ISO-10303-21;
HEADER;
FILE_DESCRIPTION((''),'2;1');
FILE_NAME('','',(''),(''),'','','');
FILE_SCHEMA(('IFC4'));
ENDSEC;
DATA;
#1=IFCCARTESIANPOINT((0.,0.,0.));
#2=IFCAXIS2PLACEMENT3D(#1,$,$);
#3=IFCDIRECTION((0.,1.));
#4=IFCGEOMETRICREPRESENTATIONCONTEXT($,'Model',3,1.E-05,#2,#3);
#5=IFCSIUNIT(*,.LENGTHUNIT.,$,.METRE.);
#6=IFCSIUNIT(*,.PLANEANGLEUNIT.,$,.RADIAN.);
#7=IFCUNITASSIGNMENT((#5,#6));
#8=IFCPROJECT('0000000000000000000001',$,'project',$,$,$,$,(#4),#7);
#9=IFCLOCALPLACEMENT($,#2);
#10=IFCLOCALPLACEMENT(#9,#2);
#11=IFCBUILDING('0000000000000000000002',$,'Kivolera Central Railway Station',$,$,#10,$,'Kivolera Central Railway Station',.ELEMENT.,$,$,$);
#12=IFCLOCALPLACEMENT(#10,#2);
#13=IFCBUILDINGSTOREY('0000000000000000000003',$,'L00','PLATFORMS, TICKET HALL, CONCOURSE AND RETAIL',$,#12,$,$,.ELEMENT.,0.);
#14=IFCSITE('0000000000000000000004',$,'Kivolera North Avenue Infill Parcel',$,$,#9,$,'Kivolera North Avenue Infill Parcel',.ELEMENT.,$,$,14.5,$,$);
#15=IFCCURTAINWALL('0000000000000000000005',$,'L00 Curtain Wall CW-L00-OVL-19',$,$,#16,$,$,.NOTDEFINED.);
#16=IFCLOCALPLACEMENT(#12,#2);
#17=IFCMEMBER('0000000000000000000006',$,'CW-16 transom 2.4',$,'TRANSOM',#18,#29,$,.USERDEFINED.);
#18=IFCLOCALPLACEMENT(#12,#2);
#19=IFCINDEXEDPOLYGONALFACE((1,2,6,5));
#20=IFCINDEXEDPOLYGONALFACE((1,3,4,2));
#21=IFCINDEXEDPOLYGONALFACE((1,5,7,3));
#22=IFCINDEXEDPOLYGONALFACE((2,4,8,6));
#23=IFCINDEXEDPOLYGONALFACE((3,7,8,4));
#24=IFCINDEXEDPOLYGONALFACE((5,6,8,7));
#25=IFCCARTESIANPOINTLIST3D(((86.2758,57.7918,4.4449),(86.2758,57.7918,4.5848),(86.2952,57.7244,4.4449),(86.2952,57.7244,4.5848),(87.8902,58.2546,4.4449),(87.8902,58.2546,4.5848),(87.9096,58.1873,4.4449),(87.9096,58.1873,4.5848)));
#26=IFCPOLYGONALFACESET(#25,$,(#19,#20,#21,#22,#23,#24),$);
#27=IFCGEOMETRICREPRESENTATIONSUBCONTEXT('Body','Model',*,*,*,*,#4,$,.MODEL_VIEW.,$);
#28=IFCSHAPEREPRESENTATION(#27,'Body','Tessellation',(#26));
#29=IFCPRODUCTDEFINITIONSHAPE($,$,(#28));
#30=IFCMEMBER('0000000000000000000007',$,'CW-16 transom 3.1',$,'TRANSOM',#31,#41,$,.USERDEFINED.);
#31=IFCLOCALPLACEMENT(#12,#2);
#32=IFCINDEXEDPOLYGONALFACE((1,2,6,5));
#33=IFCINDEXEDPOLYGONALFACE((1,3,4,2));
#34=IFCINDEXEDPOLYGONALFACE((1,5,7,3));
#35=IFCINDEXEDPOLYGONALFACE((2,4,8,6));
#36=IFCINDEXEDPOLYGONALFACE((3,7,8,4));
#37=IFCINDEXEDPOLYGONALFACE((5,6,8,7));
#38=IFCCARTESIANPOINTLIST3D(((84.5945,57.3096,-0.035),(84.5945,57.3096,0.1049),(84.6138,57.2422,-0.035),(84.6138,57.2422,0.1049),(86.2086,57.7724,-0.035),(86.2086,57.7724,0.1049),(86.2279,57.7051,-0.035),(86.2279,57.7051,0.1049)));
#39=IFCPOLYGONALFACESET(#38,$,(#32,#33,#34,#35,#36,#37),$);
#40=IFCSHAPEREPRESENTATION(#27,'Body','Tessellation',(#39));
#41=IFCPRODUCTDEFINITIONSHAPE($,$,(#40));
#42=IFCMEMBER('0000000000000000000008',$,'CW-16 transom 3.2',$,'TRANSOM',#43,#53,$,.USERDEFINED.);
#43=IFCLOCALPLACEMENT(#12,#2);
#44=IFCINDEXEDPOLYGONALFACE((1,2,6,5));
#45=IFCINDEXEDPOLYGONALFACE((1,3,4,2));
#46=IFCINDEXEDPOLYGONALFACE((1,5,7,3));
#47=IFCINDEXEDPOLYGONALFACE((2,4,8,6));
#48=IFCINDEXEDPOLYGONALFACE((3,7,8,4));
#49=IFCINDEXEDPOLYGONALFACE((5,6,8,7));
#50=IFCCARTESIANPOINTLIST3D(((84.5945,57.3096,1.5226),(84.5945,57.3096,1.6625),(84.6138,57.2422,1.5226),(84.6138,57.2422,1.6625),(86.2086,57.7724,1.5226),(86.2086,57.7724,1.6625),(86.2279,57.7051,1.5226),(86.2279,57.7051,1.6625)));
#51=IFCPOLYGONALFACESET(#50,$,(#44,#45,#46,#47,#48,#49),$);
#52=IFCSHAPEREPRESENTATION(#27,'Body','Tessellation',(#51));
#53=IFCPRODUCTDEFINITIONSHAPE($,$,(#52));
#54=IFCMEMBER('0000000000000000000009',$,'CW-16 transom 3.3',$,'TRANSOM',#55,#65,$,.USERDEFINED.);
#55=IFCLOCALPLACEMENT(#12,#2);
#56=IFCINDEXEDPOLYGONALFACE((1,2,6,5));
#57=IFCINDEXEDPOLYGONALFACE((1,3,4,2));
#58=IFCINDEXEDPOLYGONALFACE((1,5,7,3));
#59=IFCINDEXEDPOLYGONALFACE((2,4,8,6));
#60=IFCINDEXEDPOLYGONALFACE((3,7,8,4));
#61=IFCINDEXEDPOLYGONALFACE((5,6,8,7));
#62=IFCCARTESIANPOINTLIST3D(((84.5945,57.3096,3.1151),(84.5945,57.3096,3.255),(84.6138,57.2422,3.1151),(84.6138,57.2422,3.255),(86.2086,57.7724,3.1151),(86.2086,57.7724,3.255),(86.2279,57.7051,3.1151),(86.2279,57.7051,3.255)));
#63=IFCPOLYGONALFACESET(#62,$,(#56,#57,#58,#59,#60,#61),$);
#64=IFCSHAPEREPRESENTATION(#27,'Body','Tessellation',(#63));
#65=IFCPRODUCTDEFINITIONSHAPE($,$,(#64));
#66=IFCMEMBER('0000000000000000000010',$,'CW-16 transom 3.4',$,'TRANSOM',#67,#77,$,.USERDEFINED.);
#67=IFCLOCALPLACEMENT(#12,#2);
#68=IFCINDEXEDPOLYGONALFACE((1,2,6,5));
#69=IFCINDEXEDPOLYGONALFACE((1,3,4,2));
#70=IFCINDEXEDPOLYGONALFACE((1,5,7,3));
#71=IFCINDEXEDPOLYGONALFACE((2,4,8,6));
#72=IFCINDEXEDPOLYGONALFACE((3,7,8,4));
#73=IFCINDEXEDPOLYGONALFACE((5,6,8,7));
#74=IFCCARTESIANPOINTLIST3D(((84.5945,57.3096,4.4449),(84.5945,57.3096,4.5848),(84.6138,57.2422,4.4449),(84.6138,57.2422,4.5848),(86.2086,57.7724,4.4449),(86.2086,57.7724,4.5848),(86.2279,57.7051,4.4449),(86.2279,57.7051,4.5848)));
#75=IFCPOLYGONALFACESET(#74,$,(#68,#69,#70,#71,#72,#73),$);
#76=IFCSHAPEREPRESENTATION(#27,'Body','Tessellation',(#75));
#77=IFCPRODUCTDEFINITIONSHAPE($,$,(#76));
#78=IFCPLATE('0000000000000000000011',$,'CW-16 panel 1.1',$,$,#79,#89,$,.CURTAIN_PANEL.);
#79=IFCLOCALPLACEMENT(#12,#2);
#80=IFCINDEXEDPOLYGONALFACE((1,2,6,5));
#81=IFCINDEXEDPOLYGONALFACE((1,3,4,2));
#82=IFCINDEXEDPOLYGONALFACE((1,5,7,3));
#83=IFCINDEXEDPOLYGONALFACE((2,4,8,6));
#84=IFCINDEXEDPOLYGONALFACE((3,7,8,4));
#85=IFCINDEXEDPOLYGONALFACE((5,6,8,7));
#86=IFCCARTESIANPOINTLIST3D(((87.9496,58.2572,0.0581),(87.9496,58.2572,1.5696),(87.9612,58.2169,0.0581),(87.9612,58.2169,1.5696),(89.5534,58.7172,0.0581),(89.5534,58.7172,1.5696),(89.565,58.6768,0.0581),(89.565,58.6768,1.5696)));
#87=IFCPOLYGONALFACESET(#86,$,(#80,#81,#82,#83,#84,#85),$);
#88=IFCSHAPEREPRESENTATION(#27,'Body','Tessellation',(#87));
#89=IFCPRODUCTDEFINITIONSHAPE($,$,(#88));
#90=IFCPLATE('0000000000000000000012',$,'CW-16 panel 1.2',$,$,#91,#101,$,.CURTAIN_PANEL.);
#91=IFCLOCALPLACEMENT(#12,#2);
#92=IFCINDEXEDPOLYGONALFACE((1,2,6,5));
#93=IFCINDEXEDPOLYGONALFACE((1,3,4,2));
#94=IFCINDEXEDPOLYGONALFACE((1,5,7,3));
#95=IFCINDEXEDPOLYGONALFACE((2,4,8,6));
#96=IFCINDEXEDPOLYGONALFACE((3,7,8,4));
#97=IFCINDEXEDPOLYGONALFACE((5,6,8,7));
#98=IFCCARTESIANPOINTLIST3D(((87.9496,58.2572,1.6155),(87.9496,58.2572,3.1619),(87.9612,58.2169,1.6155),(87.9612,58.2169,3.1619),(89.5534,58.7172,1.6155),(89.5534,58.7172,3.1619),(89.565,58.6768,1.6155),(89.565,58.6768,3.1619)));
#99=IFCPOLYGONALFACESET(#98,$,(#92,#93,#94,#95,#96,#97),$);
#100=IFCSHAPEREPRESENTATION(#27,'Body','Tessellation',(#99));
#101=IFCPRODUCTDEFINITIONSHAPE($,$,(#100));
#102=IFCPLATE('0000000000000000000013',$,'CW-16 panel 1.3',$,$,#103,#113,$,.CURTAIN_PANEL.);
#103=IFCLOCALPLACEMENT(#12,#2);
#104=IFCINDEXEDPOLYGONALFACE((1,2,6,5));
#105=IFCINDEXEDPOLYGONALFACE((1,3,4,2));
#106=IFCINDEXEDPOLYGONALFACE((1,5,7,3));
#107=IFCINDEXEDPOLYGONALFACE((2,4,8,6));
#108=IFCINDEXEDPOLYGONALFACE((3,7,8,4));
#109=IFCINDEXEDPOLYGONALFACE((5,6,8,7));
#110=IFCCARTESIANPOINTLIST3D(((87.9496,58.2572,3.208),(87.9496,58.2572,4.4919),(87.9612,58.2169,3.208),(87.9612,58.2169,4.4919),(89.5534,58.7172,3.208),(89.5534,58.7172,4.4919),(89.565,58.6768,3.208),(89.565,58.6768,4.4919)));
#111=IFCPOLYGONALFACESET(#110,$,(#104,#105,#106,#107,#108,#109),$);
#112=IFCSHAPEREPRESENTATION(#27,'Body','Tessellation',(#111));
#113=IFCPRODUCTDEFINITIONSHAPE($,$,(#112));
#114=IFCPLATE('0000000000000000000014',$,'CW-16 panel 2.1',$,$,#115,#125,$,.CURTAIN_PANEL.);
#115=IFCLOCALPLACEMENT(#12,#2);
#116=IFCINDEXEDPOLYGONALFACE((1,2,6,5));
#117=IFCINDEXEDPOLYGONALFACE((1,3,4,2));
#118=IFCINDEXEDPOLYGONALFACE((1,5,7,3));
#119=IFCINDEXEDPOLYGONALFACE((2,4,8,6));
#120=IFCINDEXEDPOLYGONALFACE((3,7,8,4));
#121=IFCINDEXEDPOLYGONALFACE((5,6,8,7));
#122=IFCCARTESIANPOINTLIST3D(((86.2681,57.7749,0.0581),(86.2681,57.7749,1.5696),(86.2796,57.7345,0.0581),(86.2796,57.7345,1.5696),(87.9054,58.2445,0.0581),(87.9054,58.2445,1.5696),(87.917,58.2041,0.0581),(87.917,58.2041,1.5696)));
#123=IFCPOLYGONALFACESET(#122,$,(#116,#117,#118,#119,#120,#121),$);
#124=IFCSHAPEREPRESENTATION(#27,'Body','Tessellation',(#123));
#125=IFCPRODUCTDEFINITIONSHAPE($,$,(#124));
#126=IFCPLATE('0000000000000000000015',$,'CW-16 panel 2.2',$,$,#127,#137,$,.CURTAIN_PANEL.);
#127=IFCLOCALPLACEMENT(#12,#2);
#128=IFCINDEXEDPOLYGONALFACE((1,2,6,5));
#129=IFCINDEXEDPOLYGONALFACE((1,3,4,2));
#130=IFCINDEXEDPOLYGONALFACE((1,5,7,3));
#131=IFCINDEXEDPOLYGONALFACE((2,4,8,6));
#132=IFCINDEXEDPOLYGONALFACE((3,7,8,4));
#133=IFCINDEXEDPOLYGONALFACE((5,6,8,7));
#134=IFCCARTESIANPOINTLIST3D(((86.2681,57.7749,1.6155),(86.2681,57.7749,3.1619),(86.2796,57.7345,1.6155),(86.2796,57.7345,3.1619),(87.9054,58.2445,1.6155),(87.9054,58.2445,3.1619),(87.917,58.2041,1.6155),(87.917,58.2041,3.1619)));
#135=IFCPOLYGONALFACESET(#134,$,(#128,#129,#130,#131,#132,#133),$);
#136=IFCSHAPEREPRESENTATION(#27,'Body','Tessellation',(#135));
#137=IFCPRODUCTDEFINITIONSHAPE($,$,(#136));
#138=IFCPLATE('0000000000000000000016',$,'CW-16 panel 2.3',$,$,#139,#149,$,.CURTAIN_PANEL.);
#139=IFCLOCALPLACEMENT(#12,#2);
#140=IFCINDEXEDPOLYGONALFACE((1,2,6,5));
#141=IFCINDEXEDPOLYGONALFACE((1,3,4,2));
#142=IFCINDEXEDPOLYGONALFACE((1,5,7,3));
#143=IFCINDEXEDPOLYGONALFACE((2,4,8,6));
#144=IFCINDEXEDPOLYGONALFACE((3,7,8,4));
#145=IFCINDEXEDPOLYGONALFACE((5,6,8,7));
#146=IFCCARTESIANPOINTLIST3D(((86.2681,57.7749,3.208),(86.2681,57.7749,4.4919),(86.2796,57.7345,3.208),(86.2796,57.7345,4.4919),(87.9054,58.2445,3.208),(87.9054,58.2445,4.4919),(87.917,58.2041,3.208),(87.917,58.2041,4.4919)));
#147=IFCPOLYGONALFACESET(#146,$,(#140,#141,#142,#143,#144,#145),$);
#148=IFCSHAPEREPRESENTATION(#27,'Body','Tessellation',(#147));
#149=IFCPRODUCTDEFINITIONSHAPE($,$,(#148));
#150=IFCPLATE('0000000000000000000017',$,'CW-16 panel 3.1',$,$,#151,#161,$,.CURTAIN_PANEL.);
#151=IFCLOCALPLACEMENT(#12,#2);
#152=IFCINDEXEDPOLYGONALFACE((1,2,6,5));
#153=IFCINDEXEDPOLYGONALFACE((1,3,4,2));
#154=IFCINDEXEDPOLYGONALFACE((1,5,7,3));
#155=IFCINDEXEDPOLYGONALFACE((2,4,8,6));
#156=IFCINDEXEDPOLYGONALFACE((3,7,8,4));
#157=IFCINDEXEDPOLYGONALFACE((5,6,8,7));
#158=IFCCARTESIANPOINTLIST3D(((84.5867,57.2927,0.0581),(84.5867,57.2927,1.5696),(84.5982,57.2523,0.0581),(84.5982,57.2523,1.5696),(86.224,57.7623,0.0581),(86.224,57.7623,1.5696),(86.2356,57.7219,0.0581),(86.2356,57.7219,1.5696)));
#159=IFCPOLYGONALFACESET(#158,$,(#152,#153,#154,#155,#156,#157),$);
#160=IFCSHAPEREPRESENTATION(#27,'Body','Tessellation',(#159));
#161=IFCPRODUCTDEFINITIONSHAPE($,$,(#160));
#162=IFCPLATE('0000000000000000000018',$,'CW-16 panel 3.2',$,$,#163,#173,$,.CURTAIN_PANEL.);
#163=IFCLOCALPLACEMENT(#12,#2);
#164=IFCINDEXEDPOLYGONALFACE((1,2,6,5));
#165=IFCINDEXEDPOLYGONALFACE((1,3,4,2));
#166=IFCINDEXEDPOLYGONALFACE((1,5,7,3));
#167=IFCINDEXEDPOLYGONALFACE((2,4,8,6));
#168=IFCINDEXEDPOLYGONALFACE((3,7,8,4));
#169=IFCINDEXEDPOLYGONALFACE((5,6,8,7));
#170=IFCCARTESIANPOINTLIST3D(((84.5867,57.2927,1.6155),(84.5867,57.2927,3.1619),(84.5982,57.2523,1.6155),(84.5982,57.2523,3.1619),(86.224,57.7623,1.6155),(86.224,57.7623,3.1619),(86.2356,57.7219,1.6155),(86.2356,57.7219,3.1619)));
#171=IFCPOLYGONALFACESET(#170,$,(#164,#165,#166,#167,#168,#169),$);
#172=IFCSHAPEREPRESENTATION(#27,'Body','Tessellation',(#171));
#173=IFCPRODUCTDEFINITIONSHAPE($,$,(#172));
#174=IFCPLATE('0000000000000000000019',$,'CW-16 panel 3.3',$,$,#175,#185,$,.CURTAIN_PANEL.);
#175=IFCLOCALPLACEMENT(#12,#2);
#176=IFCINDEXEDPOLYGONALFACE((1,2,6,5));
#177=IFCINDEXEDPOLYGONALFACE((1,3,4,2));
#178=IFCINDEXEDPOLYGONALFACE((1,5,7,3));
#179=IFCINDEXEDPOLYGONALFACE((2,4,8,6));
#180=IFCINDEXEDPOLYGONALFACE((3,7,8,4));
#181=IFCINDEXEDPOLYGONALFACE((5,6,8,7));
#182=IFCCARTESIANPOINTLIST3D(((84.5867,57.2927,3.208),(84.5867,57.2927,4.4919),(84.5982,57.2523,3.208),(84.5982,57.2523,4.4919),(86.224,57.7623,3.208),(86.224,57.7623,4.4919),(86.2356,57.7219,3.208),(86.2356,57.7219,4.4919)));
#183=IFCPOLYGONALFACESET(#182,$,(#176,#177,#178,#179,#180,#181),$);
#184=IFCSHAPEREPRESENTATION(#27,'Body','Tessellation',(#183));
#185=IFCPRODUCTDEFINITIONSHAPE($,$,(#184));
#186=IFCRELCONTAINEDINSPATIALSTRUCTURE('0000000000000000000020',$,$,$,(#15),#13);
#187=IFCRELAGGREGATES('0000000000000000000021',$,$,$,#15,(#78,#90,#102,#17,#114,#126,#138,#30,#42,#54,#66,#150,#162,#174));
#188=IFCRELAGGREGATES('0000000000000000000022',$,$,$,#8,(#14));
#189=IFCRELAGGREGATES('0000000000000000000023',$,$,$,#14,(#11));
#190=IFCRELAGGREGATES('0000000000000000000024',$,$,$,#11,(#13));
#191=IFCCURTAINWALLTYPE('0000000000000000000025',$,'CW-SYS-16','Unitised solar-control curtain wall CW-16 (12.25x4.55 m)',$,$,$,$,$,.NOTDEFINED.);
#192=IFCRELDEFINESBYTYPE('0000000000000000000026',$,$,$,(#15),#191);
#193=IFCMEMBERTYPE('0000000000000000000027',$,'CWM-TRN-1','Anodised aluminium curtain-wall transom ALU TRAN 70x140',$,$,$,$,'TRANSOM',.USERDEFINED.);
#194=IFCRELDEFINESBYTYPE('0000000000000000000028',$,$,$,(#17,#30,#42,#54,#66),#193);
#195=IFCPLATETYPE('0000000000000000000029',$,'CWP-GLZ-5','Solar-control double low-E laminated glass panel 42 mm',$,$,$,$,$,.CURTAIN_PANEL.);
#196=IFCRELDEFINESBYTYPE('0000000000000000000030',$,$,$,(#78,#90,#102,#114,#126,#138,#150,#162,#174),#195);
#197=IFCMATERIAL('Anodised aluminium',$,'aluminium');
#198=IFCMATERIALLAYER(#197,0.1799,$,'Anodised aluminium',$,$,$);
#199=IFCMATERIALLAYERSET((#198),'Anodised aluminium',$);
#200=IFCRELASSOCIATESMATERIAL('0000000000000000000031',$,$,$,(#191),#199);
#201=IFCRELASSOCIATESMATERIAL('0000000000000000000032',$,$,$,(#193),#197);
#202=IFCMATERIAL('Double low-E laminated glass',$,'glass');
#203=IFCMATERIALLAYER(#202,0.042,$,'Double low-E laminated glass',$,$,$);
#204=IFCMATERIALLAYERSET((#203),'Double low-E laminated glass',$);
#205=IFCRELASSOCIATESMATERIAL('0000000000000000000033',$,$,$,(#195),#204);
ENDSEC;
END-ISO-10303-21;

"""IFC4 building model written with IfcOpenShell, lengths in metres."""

from ifc_helpers import new_model, si_unit, direction, frame, origin, origin_2d, place, context, subcontext, project, spatial, rectangle, extrude, material, layer, layer_set, material_profile, profile_set, type_object, element, aggregate, save


model = new_model("IFC4")

# Units and contexts
model_context = context("Model", 3, precision=1e-05, world=origin(), true_north=direction((0.0, 1.0)))
body_context = subcontext(model_context, "Body", "Model", "MODEL_VIEW")
ifc_project = project(units=[si_unit("LENGTHUNIT", "METRE"), si_unit("PLANEANGLEUNIT", "RADIAN")], contexts=[model_context])

# Site, building, storey
site_placement = place(None, origin())
site = spatial("IfcSite", under=ifc_project, at=site_placement, Name="Kivolera North Avenue Infill Parcel", LongName="Kivolera North Avenue Infill Parcel", CompositionType="ELEMENT", RefElevation=14.5)
building_placement = place(site_placement, origin())
building = spatial("IfcBuilding", under=site, at=building_placement, Name="Kivolera Central Railway Station", LongName="Kivolera Central Railway Station", CompositionType="ELEMENT")
storey_placement = place(building_placement, origin())
storey = spatial("IfcBuildingStorey", under=building, at=storey_placement, Name="L00", Description="PLATFORMS, TICKET HALL, CONCOURSE AND RETAIL", CompositionType="ELEMENT", Elevation=0.0)

# Curtain wall, members, plates
ifc_material_1 = material(Name="Anodised aluminium", Category="aluminium")
ifc_layer_1 = layer(ifc_material_1, 0.1799, Name="Anodised aluminium")
ifc_layer_set_1 = layer_set([ifc_layer_1], Name="Anodised aluminium")
curtain_wall_type = type_object("IfcCurtainWallType", Name="CW-SYS-16", Description="Unitised solar-control curtain wall CW-16 (12.25x4.55 m)", PredefinedType="NOTDEFINED", material=ifc_layer_set_1)
curtain_wall_placement = place(storey_placement, origin())
curtain_wall = element("IfcCurtainWall", 1, at=curtain_wall_placement, inside=storey, type_object=curtain_wall_type, Name="L00 Curtain Wall CW-L00-OVL-19", PredefinedType="NOTDEFINED")
ifc_material_profile_1 = material_profile(ifc_material_1, rectangle(XDim=0.0701, YDim=0.1399, at=origin_2d()), Name="ALU TRAN 70x140")
ifc_profile_set_1 = profile_set([ifc_material_profile_1], Name="Anodised aluminium")
member_type_1 = type_object("IfcMemberType", Name="CWM-TRN-1", Description="Anodised aluminium curtain-wall transom ALU TRAN 70x140", ElementType="TRANSOM", PredefinedType="USERDEFINED", material=ifc_profile_set_1)
member_1_placement = place(storey_placement, frame((87.8999, 58.2209, 4.5149), z_axis=(-0.961271, -0.275604, 0.0), x_axis=(0.275604, -0.961271, 0.0)))
member_1 = element("IfcMember", 2, at=member_1_placement, type_object=member_type_1, Name="CW-16 transom 2.4", ObjectType="TRANSOM", PredefinedType="USERDEFINED", context=body_context, shape_type="SweptSolid", body=[
    extrude(rectangle(XDim=0.0701, YDim=0.1399, at=origin_2d()), origin(), (0.0, 0.0, 1.0), 1.6794),
])
member_2_placement = place(storey_placement, frame((86.2183, 57.7388, 0.0349), z_axis=(-0.96126, -0.275643, 0.0), x_axis=(0.275643, -0.96126, 0.0)))
member_2 = element("IfcMember", 3, at=member_2_placement, type_object=member_type_1, Name="CW-16 transom 3.1", ObjectType="TRANSOM", PredefinedType="USERDEFINED", context=body_context, shape_type="SweptSolid", body=[
    extrude(rectangle(XDim=0.0701, YDim=0.1399, at=origin_2d()), origin(), (0.0, 0.0, 1.0), 1.6792),
])
member_3_placement = place(storey_placement, frame((86.2183, 57.7388, 1.5925), z_axis=(-0.96126, -0.275643, 0.0), x_axis=(0.275643, -0.96126, 0.0)))
member_3 = element("IfcMember", 4, at=member_3_placement, type_object=member_type_1, Name="CW-16 transom 3.2", ObjectType="TRANSOM", PredefinedType="USERDEFINED", context=body_context, shape_type="SweptSolid", body=[
    extrude(rectangle(XDim=0.0701, YDim=0.1399, at=origin_2d()), origin(), (0.0, 0.0, 1.0), 1.6792),
])
member_4_placement = place(storey_placement, frame((86.2183, 57.7388, 3.1851), z_axis=(-0.96126, -0.275643, 0.0), x_axis=(0.275643, -0.96126, 0.0)))
member_4 = element("IfcMember", 5, at=member_4_placement, type_object=member_type_1, Name="CW-16 transom 3.3", ObjectType="TRANSOM", PredefinedType="USERDEFINED", context=body_context, shape_type="SweptSolid", body=[
    extrude(rectangle(XDim=0.0701, YDim=0.1399, at=origin_2d()), origin(), (0.0, 0.0, 1.0), 1.6792),
])
member_5_placement = place(storey_placement, frame((86.2183, 57.7388, 4.5149), z_axis=(-0.96126, -0.275643, 0.0), x_axis=(0.275643, -0.96126, 0.0)))
member_5 = element("IfcMember", 6, at=member_5_placement, type_object=member_type_1, Name="CW-16 transom 3.4", ObjectType="TRANSOM", PredefinedType="USERDEFINED", context=body_context, shape_type="SweptSolid", body=[
    extrude(rectangle(XDim=0.0701, YDim=0.1399, at=origin_2d()), origin(), (0.0, 0.0, 1.0), 1.6792),
])
ifc_material_2 = material(Name="Double low-E laminated glass", Category="glass")
ifc_layer_2 = layer(ifc_material_2, 0.042, Name="Double low-E laminated glass")
ifc_layer_set_2 = layer_set([ifc_layer_2], Name="Double low-E laminated glass")
plate_type = type_object("IfcPlateType", Name="CWP-GLZ-5", Description="Solar-control double low-E laminated glass panel 42 mm", PredefinedType="CURTAIN_PANEL", material=ifc_layer_set_2)
plate_1_placement = place(storey_placement, frame((88.7573, 58.467, 0.0581), z_axis=(0.0, 0.0, 1.0), x_axis=(-0.961246, -0.275692, 0.0)))
plate_1 = element("IfcPlate", 7, at=plate_1_placement, type_object=plate_type, Name="CW-16 panel 1.1", PredefinedType="CURTAIN_PANEL", context=body_context, shape_type="SweptSolid", body=[
    extrude(rectangle(XDim=1.6685, YDim=0.042, at=origin_2d()), origin(), (0.0, 0.0, 1.0), 1.5115),
])
plate_2_placement = place(storey_placement, frame((88.7573, 58.467, 1.6155), z_axis=(0.0, 0.0, 1.0), x_axis=(-0.961246, -0.275692, 0.0)))
plate_2 = element("IfcPlate", 8, at=plate_2_placement, type_object=plate_type, Name="CW-16 panel 1.2", PredefinedType="CURTAIN_PANEL", context=body_context, shape_type="SweptSolid", body=[
    extrude(rectangle(XDim=1.6685, YDim=0.042, at=origin_2d()), origin(), (0.0, 0.0, 1.0), 1.5464),
])
plate_3_placement = place(storey_placement, frame((88.7573, 58.467, 3.208), z_axis=(0.0, 0.0, 1.0), x_axis=(-0.961246, -0.275692, 0.0)))
plate_3 = element("IfcPlate", 9, at=plate_3_placement, type_object=plate_type, Name="CW-16 panel 1.3", PredefinedType="CURTAIN_PANEL", context=body_context, shape_type="SweptSolid", body=[
    extrude(rectangle(XDim=1.6685, YDim=0.042, at=origin_2d()), origin(), (0.0, 0.0, 1.0), 1.2839),
])
plate_4_placement = place(storey_placement, frame((87.0925, 57.9895, 0.0581), z_axis=(0.0, 0.0, 1.0), x_axis=(-0.961246, -0.275692, 0.0)))
plate_4 = element("IfcPlate", 10, at=plate_4_placement, type_object=plate_type, Name="CW-16 panel 2.1", PredefinedType="CURTAIN_PANEL", context=body_context, shape_type="SweptSolid", body=[
    extrude(rectangle(XDim=1.7034, YDim=0.042, at=origin_2d()), origin(), (0.0, 0.0, 1.0), 1.5115),
])
plate_5_placement = place(storey_placement, frame((87.0925, 57.9895, 1.6155), z_axis=(0.0, 0.0, 1.0), x_axis=(-0.961246, -0.275692, 0.0)))
plate_5 = element("IfcPlate", 11, at=plate_5_placement, type_object=plate_type, Name="CW-16 panel 2.2", PredefinedType="CURTAIN_PANEL", context=body_context, shape_type="SweptSolid", body=[
    extrude(rectangle(XDim=1.7034, YDim=0.042, at=origin_2d()), origin(), (0.0, 0.0, 1.0), 1.5464),
])
plate_6_placement = place(storey_placement, frame((87.0925, 57.9895, 3.208), z_axis=(0.0, 0.0, 1.0), x_axis=(-0.961246, -0.275692, 0.0)))
plate_6 = element("IfcPlate", 12, at=plate_6_placement, type_object=plate_type, Name="CW-16 panel 2.3", PredefinedType="CURTAIN_PANEL", context=body_context, shape_type="SweptSolid", body=[
    extrude(rectangle(XDim=1.7034, YDim=0.042, at=origin_2d()), origin(), (0.0, 0.0, 1.0), 1.2839),
])
plate_7_placement = place(storey_placement, frame((85.4111, 57.5073, 0.0581), z_axis=(0.0, 0.0, 1.0), x_axis=(-0.961246, -0.275692, 0.0)))
plate_7 = element("IfcPlate", 13, at=plate_7_placement, type_object=plate_type, Name="CW-16 panel 3.1", PredefinedType="CURTAIN_PANEL", context=body_context, shape_type="SweptSolid", body=[
    extrude(rectangle(XDim=1.7034, YDim=0.042, at=origin_2d()), origin(), (0.0, 0.0, 1.0), 1.5115),
])
plate_8_placement = place(storey_placement, frame((85.4111, 57.5073, 1.6155), z_axis=(0.0, 0.0, 1.0), x_axis=(-0.961246, -0.275692, 0.0)))
plate_8 = element("IfcPlate", 14, at=plate_8_placement, type_object=plate_type, Name="CW-16 panel 3.2", PredefinedType="CURTAIN_PANEL", context=body_context, shape_type="SweptSolid", body=[
    extrude(rectangle(XDim=1.7034, YDim=0.042, at=origin_2d()), origin(), (0.0, 0.0, 1.0), 1.5464),
])
plate_9_placement = place(storey_placement, frame((85.4111, 57.5073, 3.208), z_axis=(0.0, 0.0, 1.0), x_axis=(-0.961246, -0.275692, 0.0)))
plate_9 = element("IfcPlate", 15, at=plate_9_placement, type_object=plate_type, Name="CW-16 panel 3.3", PredefinedType="CURTAIN_PANEL", context=body_context, shape_type="SweptSolid", body=[
    extrude(rectangle(XDim=1.7034, YDim=0.042, at=origin_2d()), origin(), (0.0, 0.0, 1.0), 1.2839),
])
aggregate(curtain_wall, [plate_1, plate_2, plate_3, member_1, plate_4, plate_5, plate_6, member_2, member_3, member_4, member_5, plate_7, plate_8, plate_9])

save(model, "model.ifc")
